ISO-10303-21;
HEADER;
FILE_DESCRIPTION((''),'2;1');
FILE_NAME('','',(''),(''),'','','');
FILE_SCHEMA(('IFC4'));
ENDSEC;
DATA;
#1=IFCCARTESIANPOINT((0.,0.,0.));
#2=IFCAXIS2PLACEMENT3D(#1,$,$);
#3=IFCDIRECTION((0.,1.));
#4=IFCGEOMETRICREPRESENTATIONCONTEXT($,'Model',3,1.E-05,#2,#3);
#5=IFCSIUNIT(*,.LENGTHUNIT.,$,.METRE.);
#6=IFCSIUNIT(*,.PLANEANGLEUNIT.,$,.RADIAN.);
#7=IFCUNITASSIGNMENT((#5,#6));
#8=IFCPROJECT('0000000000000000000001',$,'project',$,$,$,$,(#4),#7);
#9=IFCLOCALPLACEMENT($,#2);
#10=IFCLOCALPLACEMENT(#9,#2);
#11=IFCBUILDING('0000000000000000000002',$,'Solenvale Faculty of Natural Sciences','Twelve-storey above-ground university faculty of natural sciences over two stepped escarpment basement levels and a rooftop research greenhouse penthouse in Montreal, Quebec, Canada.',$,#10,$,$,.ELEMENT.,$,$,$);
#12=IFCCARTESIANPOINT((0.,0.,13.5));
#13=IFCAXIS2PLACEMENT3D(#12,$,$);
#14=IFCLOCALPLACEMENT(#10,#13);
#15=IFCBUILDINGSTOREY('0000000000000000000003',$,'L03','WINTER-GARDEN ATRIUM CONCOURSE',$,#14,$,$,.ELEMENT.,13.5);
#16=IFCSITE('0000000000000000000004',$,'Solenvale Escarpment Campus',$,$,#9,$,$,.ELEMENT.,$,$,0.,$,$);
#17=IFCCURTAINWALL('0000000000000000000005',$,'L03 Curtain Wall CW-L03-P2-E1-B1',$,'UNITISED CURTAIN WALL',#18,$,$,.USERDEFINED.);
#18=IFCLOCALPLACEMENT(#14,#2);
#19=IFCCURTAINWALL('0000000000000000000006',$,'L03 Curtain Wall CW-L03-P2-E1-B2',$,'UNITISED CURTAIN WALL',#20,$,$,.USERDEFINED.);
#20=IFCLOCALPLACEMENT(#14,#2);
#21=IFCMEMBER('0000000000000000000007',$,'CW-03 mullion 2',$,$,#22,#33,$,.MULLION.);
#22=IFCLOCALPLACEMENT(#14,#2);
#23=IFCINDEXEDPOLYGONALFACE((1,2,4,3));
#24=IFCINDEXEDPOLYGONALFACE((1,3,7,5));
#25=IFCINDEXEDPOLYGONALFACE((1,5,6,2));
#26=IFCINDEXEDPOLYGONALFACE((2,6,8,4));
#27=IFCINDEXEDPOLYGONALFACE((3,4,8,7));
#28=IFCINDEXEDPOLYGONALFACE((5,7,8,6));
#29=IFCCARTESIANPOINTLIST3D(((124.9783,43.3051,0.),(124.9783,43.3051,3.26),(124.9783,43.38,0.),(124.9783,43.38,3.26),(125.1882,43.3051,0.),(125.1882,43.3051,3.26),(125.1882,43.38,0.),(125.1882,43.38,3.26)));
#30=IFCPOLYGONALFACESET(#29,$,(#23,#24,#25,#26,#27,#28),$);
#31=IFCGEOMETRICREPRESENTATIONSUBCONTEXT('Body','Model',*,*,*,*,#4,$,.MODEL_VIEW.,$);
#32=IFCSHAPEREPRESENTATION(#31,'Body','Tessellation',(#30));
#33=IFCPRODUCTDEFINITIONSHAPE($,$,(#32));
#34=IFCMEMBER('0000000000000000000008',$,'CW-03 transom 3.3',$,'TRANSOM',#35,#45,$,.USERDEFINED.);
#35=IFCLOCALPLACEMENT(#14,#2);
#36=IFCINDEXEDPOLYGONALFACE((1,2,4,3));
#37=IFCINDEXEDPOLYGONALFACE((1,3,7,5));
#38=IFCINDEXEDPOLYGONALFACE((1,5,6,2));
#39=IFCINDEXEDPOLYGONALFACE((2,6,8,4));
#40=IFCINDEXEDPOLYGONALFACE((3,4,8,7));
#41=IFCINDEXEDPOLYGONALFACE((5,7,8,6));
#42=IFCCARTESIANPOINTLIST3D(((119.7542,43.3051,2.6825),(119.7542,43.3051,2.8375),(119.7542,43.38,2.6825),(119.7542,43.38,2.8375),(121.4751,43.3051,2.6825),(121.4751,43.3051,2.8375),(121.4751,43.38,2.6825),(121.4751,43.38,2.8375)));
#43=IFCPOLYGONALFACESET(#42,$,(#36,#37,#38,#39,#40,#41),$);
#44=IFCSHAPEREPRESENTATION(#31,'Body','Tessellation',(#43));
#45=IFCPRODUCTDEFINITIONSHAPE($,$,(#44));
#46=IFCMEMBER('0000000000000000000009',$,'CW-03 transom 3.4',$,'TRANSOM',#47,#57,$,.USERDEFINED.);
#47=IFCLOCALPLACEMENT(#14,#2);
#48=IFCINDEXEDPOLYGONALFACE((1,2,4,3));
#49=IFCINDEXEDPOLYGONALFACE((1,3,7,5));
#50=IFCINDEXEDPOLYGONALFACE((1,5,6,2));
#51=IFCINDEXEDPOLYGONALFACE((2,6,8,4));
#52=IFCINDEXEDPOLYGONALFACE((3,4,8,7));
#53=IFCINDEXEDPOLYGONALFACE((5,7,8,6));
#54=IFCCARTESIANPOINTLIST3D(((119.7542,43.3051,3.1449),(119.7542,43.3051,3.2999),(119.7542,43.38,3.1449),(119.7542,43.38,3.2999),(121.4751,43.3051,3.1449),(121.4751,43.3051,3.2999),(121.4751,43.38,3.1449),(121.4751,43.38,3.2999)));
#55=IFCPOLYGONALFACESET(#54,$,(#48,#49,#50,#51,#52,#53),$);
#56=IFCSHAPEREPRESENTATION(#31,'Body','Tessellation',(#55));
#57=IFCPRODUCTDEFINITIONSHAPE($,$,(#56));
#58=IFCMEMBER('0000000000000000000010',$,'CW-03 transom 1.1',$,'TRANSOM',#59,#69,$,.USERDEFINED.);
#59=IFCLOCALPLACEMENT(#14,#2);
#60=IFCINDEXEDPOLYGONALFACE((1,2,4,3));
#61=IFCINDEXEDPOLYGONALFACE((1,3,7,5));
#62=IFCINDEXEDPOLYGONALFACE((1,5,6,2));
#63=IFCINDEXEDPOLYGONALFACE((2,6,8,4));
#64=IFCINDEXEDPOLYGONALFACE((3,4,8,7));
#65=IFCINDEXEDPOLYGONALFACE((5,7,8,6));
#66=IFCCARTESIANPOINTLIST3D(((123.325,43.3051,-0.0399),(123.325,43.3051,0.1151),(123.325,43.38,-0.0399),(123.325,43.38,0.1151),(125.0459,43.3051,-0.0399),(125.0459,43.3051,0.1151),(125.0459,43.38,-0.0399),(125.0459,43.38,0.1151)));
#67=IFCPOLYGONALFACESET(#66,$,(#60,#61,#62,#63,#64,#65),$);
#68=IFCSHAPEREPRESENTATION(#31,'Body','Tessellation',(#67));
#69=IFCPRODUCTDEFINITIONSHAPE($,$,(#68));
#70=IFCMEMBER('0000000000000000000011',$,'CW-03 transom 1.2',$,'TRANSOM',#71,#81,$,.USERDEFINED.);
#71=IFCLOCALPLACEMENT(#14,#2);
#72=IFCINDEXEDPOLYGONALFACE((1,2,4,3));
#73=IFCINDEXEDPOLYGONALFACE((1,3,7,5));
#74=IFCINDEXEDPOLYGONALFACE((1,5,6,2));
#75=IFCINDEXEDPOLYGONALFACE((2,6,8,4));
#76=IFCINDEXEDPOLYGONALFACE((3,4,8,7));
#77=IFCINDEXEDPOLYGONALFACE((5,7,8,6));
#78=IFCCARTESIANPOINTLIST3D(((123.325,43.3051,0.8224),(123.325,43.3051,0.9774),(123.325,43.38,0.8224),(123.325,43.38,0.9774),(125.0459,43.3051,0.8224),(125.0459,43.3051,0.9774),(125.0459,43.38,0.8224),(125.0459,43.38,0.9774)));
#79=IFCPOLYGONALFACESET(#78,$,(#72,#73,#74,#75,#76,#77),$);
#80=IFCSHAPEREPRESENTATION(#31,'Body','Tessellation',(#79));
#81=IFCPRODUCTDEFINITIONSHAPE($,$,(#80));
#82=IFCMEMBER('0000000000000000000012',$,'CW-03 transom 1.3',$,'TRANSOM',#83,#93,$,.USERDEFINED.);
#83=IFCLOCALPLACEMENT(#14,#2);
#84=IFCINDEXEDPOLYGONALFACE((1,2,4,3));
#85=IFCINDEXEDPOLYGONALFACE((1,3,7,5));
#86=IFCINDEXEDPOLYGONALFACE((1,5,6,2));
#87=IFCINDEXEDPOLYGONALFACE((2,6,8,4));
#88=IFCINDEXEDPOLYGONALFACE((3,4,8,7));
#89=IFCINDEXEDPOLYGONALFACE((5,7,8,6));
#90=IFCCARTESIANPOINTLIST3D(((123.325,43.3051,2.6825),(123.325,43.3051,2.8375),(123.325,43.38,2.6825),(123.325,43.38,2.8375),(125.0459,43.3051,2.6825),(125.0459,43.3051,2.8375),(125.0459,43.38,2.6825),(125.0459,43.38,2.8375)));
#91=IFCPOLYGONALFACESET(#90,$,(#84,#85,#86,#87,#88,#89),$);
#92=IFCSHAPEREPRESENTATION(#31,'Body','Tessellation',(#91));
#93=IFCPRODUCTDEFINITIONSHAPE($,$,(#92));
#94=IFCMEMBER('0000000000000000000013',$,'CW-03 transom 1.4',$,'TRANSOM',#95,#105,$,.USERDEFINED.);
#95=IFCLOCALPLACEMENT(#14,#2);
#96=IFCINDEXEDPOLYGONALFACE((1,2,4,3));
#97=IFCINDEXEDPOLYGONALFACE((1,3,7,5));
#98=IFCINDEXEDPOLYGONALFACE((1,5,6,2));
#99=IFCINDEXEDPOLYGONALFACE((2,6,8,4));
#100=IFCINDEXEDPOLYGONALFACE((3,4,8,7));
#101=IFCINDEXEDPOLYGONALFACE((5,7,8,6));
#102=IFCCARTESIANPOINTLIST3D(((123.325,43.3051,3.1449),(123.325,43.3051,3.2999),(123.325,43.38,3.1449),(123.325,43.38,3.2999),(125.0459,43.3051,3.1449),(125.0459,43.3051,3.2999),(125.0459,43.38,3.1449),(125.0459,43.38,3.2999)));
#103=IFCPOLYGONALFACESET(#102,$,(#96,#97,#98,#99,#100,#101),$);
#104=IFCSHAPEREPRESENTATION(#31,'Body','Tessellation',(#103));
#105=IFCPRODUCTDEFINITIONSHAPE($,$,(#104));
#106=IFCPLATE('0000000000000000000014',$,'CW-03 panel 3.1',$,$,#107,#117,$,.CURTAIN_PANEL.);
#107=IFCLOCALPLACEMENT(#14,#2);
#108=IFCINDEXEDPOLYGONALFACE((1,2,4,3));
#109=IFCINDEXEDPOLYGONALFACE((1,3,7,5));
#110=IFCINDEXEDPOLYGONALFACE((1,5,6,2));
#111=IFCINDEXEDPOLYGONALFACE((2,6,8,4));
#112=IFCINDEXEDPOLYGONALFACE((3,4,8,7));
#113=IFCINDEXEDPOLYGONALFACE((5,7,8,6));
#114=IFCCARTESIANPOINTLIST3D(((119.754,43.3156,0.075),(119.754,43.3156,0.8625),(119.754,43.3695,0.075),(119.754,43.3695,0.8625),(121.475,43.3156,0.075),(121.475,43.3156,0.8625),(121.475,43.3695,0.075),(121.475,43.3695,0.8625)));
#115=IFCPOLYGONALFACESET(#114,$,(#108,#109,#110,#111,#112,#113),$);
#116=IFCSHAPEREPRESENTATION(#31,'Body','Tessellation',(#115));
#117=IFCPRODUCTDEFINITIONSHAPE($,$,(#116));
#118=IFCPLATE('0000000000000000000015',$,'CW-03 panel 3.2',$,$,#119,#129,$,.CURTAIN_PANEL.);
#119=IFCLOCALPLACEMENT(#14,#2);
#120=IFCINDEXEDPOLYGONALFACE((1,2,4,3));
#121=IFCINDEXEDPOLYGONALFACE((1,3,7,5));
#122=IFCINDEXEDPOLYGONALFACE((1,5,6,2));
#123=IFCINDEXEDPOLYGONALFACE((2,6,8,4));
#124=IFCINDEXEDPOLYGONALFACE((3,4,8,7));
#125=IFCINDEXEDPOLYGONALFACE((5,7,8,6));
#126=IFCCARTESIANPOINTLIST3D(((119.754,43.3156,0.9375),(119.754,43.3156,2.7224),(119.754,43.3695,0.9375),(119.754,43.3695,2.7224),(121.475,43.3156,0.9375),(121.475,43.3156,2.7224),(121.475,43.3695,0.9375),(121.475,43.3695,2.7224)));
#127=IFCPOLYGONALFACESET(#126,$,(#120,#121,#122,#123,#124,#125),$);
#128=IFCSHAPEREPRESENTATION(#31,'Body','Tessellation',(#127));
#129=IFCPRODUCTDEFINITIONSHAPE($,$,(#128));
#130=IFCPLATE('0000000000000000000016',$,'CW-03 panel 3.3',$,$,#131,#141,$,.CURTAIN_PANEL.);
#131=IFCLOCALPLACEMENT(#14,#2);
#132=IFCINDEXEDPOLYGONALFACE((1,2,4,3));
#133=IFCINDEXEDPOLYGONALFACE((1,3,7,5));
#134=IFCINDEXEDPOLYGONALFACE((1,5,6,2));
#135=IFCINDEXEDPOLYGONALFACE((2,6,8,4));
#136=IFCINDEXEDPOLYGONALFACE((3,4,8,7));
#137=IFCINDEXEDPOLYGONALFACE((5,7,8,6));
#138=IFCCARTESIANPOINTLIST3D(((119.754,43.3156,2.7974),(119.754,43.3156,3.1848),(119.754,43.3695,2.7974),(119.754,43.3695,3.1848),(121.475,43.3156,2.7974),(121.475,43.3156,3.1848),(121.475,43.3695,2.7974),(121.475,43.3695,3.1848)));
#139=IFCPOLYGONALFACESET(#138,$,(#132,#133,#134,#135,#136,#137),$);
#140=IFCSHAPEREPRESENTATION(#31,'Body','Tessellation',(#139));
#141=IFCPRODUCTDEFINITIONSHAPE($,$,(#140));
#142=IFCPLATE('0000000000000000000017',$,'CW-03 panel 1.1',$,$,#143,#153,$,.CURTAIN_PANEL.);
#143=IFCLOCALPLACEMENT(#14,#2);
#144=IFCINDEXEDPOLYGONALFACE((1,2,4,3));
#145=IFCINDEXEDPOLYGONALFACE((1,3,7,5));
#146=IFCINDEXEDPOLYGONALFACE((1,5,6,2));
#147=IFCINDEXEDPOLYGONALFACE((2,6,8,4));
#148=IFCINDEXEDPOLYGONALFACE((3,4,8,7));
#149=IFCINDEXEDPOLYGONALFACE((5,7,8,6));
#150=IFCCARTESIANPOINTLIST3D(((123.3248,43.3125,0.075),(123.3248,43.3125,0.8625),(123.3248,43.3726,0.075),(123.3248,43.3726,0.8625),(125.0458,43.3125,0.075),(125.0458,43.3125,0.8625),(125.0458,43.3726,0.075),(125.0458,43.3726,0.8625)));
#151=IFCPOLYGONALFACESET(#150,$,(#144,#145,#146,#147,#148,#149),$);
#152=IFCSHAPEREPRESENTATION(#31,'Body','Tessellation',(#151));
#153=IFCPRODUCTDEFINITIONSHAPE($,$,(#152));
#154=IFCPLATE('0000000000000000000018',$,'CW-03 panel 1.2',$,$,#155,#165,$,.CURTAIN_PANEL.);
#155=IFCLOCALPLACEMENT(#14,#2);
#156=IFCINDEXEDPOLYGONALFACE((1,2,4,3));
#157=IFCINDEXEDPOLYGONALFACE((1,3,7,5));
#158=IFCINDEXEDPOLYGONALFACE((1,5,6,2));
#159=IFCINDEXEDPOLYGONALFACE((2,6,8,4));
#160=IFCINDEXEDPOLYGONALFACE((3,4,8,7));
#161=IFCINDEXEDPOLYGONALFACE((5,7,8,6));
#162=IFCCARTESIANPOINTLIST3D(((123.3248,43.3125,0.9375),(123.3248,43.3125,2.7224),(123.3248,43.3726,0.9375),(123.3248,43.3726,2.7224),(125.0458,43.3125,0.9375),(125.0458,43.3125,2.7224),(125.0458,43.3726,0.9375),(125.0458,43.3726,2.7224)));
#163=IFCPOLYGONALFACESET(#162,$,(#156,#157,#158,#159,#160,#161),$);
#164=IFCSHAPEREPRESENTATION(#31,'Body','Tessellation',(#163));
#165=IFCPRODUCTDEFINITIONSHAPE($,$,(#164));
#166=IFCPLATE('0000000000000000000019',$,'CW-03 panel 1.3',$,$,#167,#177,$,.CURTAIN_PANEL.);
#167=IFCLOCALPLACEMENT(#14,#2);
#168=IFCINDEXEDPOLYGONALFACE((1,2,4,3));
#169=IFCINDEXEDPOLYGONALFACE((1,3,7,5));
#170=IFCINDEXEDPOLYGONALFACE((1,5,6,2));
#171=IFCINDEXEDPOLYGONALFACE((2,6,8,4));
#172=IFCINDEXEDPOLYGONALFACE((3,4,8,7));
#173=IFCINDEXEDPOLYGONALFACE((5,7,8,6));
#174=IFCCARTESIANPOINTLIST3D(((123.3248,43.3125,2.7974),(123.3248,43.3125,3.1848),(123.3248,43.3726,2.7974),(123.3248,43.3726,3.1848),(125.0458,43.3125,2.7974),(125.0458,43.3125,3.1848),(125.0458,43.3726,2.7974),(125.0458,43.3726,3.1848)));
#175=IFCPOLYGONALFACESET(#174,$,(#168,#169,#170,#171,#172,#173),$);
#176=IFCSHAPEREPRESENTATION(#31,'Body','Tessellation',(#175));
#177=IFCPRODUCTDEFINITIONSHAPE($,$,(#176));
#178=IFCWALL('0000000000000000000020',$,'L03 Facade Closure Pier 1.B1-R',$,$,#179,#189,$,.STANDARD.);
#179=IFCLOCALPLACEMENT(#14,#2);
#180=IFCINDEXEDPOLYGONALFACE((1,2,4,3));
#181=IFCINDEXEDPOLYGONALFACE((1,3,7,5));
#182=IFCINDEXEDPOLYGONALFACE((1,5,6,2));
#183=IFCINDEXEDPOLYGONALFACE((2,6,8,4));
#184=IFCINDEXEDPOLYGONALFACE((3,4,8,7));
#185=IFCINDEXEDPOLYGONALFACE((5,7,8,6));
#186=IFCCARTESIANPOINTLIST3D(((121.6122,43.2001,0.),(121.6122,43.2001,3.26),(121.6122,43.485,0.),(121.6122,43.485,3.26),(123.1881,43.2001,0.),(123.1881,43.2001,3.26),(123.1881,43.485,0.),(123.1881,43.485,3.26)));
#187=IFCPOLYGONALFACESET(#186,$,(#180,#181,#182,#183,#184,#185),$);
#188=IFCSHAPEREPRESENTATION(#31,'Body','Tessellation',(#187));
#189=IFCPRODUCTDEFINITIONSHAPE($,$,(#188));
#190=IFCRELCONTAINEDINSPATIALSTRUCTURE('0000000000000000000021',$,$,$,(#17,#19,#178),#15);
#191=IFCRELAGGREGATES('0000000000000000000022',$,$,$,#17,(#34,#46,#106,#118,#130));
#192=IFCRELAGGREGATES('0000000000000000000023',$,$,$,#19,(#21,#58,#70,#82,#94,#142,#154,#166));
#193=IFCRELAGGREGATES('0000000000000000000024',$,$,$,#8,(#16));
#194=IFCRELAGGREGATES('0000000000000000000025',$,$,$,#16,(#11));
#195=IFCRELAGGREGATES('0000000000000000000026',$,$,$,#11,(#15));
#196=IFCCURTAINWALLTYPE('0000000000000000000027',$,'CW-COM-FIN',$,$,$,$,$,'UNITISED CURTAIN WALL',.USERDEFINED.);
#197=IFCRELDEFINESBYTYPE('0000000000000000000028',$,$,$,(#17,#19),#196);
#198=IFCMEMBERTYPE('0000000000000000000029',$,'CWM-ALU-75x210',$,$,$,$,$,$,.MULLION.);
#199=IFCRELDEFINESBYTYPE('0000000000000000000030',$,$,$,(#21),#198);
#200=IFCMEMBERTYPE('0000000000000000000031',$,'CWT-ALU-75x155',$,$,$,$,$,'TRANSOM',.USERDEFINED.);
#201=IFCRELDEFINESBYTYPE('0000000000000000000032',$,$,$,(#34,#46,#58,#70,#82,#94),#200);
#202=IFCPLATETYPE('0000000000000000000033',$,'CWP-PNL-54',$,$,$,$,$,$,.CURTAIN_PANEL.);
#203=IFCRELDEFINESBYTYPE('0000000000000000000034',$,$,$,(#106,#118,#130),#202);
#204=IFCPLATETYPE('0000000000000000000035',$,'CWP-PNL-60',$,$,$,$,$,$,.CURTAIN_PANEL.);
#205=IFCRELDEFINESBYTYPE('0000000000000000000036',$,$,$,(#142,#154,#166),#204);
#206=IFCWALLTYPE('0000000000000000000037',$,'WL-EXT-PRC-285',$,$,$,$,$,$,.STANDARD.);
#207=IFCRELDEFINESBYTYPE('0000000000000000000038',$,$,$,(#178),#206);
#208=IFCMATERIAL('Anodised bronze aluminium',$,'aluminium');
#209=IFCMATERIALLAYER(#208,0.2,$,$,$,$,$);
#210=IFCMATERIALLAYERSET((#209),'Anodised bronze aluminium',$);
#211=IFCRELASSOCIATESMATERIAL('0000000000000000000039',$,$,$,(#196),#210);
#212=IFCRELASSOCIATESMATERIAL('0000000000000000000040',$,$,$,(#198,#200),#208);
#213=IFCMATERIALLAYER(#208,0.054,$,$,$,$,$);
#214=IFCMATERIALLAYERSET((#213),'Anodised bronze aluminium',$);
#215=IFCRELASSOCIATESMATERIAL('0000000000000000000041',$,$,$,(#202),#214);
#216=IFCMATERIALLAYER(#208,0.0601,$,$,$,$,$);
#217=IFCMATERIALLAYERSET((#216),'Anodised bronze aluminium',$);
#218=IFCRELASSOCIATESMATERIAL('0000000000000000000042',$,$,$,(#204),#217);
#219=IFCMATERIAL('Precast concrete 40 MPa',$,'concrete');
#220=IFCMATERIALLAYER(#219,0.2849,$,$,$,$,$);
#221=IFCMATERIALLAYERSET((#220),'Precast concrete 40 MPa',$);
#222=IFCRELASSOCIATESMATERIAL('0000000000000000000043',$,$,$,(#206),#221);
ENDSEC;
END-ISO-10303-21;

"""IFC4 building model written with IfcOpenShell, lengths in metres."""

from ifc_helpers import new_model, si_unit, direction, frame, frame_2d, origin, origin_2d, place, context, subcontext, project, spatial, rectangle, extrude, material, layer, layer_set, material_profile, profile_set, type_object, element, aggregate, save


model = new_model("IFC4")

# Units and contexts
model_context = context("Model", 3, precision=1e-05, world=origin(), true_north=direction((0.0, 1.0)))
body_context = subcontext(model_context, "Body", "Model", "MODEL_VIEW")
ifc_project = project(units=[si_unit("LENGTHUNIT", "METRE"), si_unit("PLANEANGLEUNIT", "RADIAN")], contexts=[model_context])

# Site, building, storey
site_placement = place(None, origin())
site = spatial("IfcSite", under=ifc_project, at=site_placement, Name="Solenvale Escarpment Campus", CompositionType="ELEMENT", RefElevation=0.0)
building_placement = place(site_placement, origin())
building = spatial("IfcBuilding", under=site, at=building_placement, Name="Solenvale Faculty of Natural Sciences", Description="Twelve-storey above-ground university faculty of natural sciences over two stepped escarpment basement levels and a rooftop research greenhouse penthouse in Montreal, Quebec, Canada.", CompositionType="ELEMENT")
storey_placement = place(building_placement, frame((0.0, 0.0, 13.5)))
storey = spatial("IfcBuildingStorey", under=building, at=storey_placement, Name="L03", Description="WINTER-GARDEN ATRIUM CONCOURSE", CompositionType="ELEMENT", Elevation=13.5)

# Curtain wall
ifc_material_1 = material(Name="Anodised bronze aluminium", Category="aluminium")
ifc_layer_1 = layer(ifc_material_1, 0.2)
ifc_layer_set_1 = layer_set([ifc_layer_1], Name="Anodised bronze aluminium")
curtain_wall_type = type_object("IfcCurtainWallType", Name="CW-COM-FIN", ElementType="UNITISED CURTAIN WALL", PredefinedType="USERDEFINED", material=ifc_layer_set_1)
curtain_wall_1_placement = place(storey_placement, origin())
curtain_wall_1 = element("IfcCurtainWall", 1, at=curtain_wall_1_placement, inside=storey, type_object=curtain_wall_type, Name="L03 Curtain Wall CW-L03-P2-E1-B1", ObjectType="UNITISED CURTAIN WALL", PredefinedType="USERDEFINED")
ifc_material_profile_1 = material_profile(ifc_material_1, rectangle(XDim=0.075, YDim=0.21, at=origin_2d()), Name="ALU-MUL-75x210")
ifc_profile_set_1 = profile_set([ifc_material_profile_1], Name="Anodised bronze aluminium")
member_type_1 = type_object("IfcMemberType", Name="CWM-ALU-75x210", PredefinedType="MULLION", material=ifc_profile_set_1)

# Curtain wall, member
curtain_wall_2_placement = place(storey_placement, origin())
curtain_wall_2 = element("IfcCurtainWall", 2, at=curtain_wall_2_placement, inside=storey, type_object=curtain_wall_type, Name="L03 Curtain Wall CW-L03-P2-E1-B2", ObjectType="UNITISED CURTAIN WALL", PredefinedType="USERDEFINED")
member_1_placement = place(storey_placement, frame((125.0833, 43.3425, 0.0), z_axis=(0.0, 0.0, 1.0), x_axis=(0.0, 1.0, 0.0)))
member_1 = element("IfcMember", 3, at=member_1_placement, type_object=member_type_1, Name="CW-03 mullion 2", PredefinedType="MULLION", context=body_context, shape_type="SweptSolid", body=[
    extrude(rectangle(XDim=0.075, YDim=0.21, at=origin_2d()), origin(), (0.0, 0.0, 1.0), 3.26),
])

# Members
ifc_material_profile_2 = material_profile(ifc_material_1, rectangle(XDim=0.075, YDim=0.155, at=origin_2d()), Name="ALU-TRN-75x155")
ifc_profile_set_2 = profile_set([ifc_material_profile_2], Name="Anodised bronze aluminium")
member_type_2 = type_object("IfcMemberType", Name="CWT-ALU-75x155", ElementType="TRANSOM", PredefinedType="USERDEFINED", material=ifc_profile_set_2)
member_2_placement = place(storey_placement, frame((119.7542, 43.3425, 2.76), z_axis=(1.0, 0.0, 0.0), x_axis=(0.0, 1.0, 0.0)))
member_2 = element("IfcMember", 4, at=member_2_placement, type_object=member_type_2, Name="CW-03 transom 3.3", ObjectType="TRANSOM", PredefinedType="USERDEFINED", context=body_context, shape_type="SweptSolid", body=[
    extrude(rectangle(XDim=0.075, YDim=0.155, at=origin_2d()), origin(), (0.0, 0.0, 1.0), 1.7209),
])
member_3_placement = place(storey_placement, frame((119.7542, 43.3425, 3.2224), z_axis=(1.0, 0.0, 0.0), x_axis=(0.0, 1.0, 0.0)))
member_3 = element("IfcMember", 5, at=member_3_placement, type_object=member_type_2, Name="CW-03 transom 3.4", ObjectType="TRANSOM", PredefinedType="USERDEFINED", context=body_context, shape_type="SweptSolid", body=[
    extrude(rectangle(XDim=0.075, YDim=0.155, at=origin_2d()), origin(), (0.0, 0.0, 1.0), 1.7209),
])
member_4_placement = place(storey_placement, frame((123.325, 43.3425, 0.0376), z_axis=(1.0, 0.0, 0.0), x_axis=(0.0, 1.0, 0.0)))
member_4 = element("IfcMember", 6, at=member_4_placement, type_object=member_type_2, Name="CW-03 transom 1.1", ObjectType="TRANSOM", PredefinedType="USERDEFINED", context=body_context, shape_type="SweptSolid", body=[
    extrude(rectangle(XDim=0.075, YDim=0.155, at=origin_2d()), origin(), (0.0, 0.0, 1.0), 1.7209),
])
member_5_placement = place(storey_placement, frame((123.325, 43.3425, 0.8999), z_axis=(1.0, 0.0, 0.0), x_axis=(0.0, 1.0, 0.0)))
member_5 = element("IfcMember", 7, at=member_5_placement, type_object=member_type_2, Name="CW-03 transom 1.2", ObjectType="TRANSOM", PredefinedType="USERDEFINED", context=body_context, shape_type="SweptSolid", body=[
    extrude(rectangle(XDim=0.075, YDim=0.155, at=origin_2d()), origin(), (0.0, 0.0, 1.0), 1.7209),
])
member_6_placement = place(storey_placement, frame((123.325, 43.3425, 2.76), z_axis=(1.0, 0.0, 0.0), x_axis=(0.0, 1.0, 0.0)))
member_6 = element("IfcMember", 8, at=member_6_placement, type_object=member_type_2, Name="CW-03 transom 1.3", ObjectType="TRANSOM", PredefinedType="USERDEFINED", context=body_context, shape_type="SweptSolid", body=[
    extrude(rectangle(XDim=0.075, YDim=0.155, at=origin_2d()), origin(), (0.0, 0.0, 1.0), 1.7209),
])
member_7_placement = place(storey_placement, frame((123.325, 43.3425, 3.2224), z_axis=(1.0, 0.0, 0.0), x_axis=(0.0, 1.0, 0.0)))
member_7 = element("IfcMember", 9, at=member_7_placement, type_object=member_type_2, Name="CW-03 transom 1.4", ObjectType="TRANSOM", PredefinedType="USERDEFINED", context=body_context, shape_type="SweptSolid", body=[
    extrude(rectangle(XDim=0.075, YDim=0.155, at=origin_2d()), origin(), (0.0, 0.0, 1.0), 1.7209),
])

# Plates
ifc_layer_2 = layer(ifc_material_1, 0.054)
ifc_layer_set_2 = layer_set([ifc_layer_2], Name="Anodised bronze aluminium")
plate_type_1 = type_object("IfcPlateType", Name="CWP-PNL-54", PredefinedType="CURTAIN_PANEL", material=ifc_layer_set_2)
plate_1_placement = place(storey_placement, frame((120.6145, 43.3425, 0.075), z_axis=(0.0, 0.0, 1.0), x_axis=(1.0, 0.0, 0.0)))
plate_1 = element("IfcPlate", 10, at=plate_1_placement, type_object=plate_type_1, Name="CW-03 panel 3.1", PredefinedType="CURTAIN_PANEL", context=body_context, shape_type="SweptSolid", body=[
    extrude(rectangle(XDim=1.7209, YDim=0.054, at=origin_2d()), origin(), (0.0, 0.0, 1.0), 0.7876),
])
plate_2_placement = place(storey_placement, frame((120.6145, 43.3425, 0.9375), z_axis=(0.0, 0.0, 1.0), x_axis=(1.0, 0.0, 0.0)))
plate_2 = element("IfcPlate", 11, at=plate_2_placement, type_object=plate_type_1, Name="CW-03 panel 3.2", PredefinedType="CURTAIN_PANEL", context=body_context, shape_type="SweptSolid", body=[
    extrude(rectangle(XDim=1.7209, YDim=0.054, at=origin_2d()), origin(), (0.0, 0.0, 1.0), 1.7849),
])
plate_3_placement = place(storey_placement, frame((120.6145, 43.3425, 2.7974), z_axis=(0.0, 0.0, 1.0), x_axis=(1.0, 0.0, 0.0)))
plate_3 = element("IfcPlate", 12, at=plate_3_placement, type_object=plate_type_1, Name="CW-03 panel 3.3", PredefinedType="CURTAIN_PANEL", context=body_context, shape_type="SweptSolid", body=[
    extrude(rectangle(XDim=1.7209, YDim=0.054, at=origin_2d()), origin(), (0.0, 0.0, 1.0), 0.3875),
])
aggregate(curtain_wall_1, [member_2, member_3, plate_1, plate_2, plate_3])
ifc_layer_3 = layer(ifc_material_1, 0.0601)
ifc_layer_set_3 = layer_set([ifc_layer_3], Name="Anodised bronze aluminium")
plate_type_2 = type_object("IfcPlateType", Name="CWP-PNL-60", PredefinedType="CURTAIN_PANEL", material=ifc_layer_set_3)
plate_4_placement = place(storey_placement, frame((124.1853, 43.3425, 0.075), z_axis=(0.0, 0.0, 1.0), x_axis=(1.0, 0.0, 0.0)))
plate_4 = element("IfcPlate", 13, at=plate_4_placement, type_object=plate_type_2, Name="CW-03 panel 1.1", PredefinedType="CURTAIN_PANEL", context=body_context, shape_type="SweptSolid", body=[
    extrude(rectangle(XDim=1.7209, YDim=0.0601, at=origin_2d()), origin(), (0.0, 0.0, 1.0), 0.7876),
])
plate_5_placement = place(storey_placement, frame((124.1853, 43.3425, 0.9375), z_axis=(0.0, 0.0, 1.0), x_axis=(1.0, 0.0, 0.0)))
plate_5 = element("IfcPlate", 14, at=plate_5_placement, type_object=plate_type_2, Name="CW-03 panel 1.2", PredefinedType="CURTAIN_PANEL", context=body_context, shape_type="SweptSolid", body=[
    extrude(rectangle(XDim=1.7209, YDim=0.0601, at=origin_2d()), origin(), (0.0, 0.0, 1.0), 1.7849),
])
plate_6_placement = place(storey_placement, frame((124.1853, 43.3425, 2.7974), z_axis=(0.0, 0.0, 1.0), x_axis=(1.0, 0.0, 0.0)))
plate_6 = element("IfcPlate", 15, at=plate_6_placement, type_object=plate_type_2, Name="CW-03 panel 1.3", PredefinedType="CURTAIN_PANEL", context=body_context, shape_type="SweptSolid", body=[
    extrude(rectangle(XDim=1.7209, YDim=0.0601, at=origin_2d()), origin(), (0.0, 0.0, 1.0), 0.3875),
])
aggregate(curtain_wall_2, [member_1, member_4, member_5, member_6, member_7, plate_4, plate_5, plate_6])

# Wall
ifc_material_2 = material(Name="Precast concrete 40 MPa", Category="concrete")
ifc_layer_4 = layer(ifc_material_2, 0.2849)
ifc_layer_set_4 = layer_set([ifc_layer_4], Name="Precast concrete 40 MPa")
wall_type = type_object("IfcWallType", Name="WL-EXT-PRC-285", PredefinedType="STANDARD", material=ifc_layer_set_4)
wall_placement = place(storey_placement, frame((121.6121, 43.3425, 0.0), z_axis=(0.0, 0.0, 1.0), x_axis=(1.0, 0.0, 0.0)))
element("IfcWall", 16, at=wall_placement, inside=storey, type_object=wall_type, Name="L03 Facade Closure Pier 1.B1-R", PredefinedType="STANDARD", context=body_context, shape_type="SweptSolid", body=[
    extrude(rectangle(XDim=1.5759, YDim=0.2849, at=frame_2d((0.7881, 0.0))), origin(), (0.0, 0.0, 1.0), 3.26),
])

save(model, "model.ifc")
